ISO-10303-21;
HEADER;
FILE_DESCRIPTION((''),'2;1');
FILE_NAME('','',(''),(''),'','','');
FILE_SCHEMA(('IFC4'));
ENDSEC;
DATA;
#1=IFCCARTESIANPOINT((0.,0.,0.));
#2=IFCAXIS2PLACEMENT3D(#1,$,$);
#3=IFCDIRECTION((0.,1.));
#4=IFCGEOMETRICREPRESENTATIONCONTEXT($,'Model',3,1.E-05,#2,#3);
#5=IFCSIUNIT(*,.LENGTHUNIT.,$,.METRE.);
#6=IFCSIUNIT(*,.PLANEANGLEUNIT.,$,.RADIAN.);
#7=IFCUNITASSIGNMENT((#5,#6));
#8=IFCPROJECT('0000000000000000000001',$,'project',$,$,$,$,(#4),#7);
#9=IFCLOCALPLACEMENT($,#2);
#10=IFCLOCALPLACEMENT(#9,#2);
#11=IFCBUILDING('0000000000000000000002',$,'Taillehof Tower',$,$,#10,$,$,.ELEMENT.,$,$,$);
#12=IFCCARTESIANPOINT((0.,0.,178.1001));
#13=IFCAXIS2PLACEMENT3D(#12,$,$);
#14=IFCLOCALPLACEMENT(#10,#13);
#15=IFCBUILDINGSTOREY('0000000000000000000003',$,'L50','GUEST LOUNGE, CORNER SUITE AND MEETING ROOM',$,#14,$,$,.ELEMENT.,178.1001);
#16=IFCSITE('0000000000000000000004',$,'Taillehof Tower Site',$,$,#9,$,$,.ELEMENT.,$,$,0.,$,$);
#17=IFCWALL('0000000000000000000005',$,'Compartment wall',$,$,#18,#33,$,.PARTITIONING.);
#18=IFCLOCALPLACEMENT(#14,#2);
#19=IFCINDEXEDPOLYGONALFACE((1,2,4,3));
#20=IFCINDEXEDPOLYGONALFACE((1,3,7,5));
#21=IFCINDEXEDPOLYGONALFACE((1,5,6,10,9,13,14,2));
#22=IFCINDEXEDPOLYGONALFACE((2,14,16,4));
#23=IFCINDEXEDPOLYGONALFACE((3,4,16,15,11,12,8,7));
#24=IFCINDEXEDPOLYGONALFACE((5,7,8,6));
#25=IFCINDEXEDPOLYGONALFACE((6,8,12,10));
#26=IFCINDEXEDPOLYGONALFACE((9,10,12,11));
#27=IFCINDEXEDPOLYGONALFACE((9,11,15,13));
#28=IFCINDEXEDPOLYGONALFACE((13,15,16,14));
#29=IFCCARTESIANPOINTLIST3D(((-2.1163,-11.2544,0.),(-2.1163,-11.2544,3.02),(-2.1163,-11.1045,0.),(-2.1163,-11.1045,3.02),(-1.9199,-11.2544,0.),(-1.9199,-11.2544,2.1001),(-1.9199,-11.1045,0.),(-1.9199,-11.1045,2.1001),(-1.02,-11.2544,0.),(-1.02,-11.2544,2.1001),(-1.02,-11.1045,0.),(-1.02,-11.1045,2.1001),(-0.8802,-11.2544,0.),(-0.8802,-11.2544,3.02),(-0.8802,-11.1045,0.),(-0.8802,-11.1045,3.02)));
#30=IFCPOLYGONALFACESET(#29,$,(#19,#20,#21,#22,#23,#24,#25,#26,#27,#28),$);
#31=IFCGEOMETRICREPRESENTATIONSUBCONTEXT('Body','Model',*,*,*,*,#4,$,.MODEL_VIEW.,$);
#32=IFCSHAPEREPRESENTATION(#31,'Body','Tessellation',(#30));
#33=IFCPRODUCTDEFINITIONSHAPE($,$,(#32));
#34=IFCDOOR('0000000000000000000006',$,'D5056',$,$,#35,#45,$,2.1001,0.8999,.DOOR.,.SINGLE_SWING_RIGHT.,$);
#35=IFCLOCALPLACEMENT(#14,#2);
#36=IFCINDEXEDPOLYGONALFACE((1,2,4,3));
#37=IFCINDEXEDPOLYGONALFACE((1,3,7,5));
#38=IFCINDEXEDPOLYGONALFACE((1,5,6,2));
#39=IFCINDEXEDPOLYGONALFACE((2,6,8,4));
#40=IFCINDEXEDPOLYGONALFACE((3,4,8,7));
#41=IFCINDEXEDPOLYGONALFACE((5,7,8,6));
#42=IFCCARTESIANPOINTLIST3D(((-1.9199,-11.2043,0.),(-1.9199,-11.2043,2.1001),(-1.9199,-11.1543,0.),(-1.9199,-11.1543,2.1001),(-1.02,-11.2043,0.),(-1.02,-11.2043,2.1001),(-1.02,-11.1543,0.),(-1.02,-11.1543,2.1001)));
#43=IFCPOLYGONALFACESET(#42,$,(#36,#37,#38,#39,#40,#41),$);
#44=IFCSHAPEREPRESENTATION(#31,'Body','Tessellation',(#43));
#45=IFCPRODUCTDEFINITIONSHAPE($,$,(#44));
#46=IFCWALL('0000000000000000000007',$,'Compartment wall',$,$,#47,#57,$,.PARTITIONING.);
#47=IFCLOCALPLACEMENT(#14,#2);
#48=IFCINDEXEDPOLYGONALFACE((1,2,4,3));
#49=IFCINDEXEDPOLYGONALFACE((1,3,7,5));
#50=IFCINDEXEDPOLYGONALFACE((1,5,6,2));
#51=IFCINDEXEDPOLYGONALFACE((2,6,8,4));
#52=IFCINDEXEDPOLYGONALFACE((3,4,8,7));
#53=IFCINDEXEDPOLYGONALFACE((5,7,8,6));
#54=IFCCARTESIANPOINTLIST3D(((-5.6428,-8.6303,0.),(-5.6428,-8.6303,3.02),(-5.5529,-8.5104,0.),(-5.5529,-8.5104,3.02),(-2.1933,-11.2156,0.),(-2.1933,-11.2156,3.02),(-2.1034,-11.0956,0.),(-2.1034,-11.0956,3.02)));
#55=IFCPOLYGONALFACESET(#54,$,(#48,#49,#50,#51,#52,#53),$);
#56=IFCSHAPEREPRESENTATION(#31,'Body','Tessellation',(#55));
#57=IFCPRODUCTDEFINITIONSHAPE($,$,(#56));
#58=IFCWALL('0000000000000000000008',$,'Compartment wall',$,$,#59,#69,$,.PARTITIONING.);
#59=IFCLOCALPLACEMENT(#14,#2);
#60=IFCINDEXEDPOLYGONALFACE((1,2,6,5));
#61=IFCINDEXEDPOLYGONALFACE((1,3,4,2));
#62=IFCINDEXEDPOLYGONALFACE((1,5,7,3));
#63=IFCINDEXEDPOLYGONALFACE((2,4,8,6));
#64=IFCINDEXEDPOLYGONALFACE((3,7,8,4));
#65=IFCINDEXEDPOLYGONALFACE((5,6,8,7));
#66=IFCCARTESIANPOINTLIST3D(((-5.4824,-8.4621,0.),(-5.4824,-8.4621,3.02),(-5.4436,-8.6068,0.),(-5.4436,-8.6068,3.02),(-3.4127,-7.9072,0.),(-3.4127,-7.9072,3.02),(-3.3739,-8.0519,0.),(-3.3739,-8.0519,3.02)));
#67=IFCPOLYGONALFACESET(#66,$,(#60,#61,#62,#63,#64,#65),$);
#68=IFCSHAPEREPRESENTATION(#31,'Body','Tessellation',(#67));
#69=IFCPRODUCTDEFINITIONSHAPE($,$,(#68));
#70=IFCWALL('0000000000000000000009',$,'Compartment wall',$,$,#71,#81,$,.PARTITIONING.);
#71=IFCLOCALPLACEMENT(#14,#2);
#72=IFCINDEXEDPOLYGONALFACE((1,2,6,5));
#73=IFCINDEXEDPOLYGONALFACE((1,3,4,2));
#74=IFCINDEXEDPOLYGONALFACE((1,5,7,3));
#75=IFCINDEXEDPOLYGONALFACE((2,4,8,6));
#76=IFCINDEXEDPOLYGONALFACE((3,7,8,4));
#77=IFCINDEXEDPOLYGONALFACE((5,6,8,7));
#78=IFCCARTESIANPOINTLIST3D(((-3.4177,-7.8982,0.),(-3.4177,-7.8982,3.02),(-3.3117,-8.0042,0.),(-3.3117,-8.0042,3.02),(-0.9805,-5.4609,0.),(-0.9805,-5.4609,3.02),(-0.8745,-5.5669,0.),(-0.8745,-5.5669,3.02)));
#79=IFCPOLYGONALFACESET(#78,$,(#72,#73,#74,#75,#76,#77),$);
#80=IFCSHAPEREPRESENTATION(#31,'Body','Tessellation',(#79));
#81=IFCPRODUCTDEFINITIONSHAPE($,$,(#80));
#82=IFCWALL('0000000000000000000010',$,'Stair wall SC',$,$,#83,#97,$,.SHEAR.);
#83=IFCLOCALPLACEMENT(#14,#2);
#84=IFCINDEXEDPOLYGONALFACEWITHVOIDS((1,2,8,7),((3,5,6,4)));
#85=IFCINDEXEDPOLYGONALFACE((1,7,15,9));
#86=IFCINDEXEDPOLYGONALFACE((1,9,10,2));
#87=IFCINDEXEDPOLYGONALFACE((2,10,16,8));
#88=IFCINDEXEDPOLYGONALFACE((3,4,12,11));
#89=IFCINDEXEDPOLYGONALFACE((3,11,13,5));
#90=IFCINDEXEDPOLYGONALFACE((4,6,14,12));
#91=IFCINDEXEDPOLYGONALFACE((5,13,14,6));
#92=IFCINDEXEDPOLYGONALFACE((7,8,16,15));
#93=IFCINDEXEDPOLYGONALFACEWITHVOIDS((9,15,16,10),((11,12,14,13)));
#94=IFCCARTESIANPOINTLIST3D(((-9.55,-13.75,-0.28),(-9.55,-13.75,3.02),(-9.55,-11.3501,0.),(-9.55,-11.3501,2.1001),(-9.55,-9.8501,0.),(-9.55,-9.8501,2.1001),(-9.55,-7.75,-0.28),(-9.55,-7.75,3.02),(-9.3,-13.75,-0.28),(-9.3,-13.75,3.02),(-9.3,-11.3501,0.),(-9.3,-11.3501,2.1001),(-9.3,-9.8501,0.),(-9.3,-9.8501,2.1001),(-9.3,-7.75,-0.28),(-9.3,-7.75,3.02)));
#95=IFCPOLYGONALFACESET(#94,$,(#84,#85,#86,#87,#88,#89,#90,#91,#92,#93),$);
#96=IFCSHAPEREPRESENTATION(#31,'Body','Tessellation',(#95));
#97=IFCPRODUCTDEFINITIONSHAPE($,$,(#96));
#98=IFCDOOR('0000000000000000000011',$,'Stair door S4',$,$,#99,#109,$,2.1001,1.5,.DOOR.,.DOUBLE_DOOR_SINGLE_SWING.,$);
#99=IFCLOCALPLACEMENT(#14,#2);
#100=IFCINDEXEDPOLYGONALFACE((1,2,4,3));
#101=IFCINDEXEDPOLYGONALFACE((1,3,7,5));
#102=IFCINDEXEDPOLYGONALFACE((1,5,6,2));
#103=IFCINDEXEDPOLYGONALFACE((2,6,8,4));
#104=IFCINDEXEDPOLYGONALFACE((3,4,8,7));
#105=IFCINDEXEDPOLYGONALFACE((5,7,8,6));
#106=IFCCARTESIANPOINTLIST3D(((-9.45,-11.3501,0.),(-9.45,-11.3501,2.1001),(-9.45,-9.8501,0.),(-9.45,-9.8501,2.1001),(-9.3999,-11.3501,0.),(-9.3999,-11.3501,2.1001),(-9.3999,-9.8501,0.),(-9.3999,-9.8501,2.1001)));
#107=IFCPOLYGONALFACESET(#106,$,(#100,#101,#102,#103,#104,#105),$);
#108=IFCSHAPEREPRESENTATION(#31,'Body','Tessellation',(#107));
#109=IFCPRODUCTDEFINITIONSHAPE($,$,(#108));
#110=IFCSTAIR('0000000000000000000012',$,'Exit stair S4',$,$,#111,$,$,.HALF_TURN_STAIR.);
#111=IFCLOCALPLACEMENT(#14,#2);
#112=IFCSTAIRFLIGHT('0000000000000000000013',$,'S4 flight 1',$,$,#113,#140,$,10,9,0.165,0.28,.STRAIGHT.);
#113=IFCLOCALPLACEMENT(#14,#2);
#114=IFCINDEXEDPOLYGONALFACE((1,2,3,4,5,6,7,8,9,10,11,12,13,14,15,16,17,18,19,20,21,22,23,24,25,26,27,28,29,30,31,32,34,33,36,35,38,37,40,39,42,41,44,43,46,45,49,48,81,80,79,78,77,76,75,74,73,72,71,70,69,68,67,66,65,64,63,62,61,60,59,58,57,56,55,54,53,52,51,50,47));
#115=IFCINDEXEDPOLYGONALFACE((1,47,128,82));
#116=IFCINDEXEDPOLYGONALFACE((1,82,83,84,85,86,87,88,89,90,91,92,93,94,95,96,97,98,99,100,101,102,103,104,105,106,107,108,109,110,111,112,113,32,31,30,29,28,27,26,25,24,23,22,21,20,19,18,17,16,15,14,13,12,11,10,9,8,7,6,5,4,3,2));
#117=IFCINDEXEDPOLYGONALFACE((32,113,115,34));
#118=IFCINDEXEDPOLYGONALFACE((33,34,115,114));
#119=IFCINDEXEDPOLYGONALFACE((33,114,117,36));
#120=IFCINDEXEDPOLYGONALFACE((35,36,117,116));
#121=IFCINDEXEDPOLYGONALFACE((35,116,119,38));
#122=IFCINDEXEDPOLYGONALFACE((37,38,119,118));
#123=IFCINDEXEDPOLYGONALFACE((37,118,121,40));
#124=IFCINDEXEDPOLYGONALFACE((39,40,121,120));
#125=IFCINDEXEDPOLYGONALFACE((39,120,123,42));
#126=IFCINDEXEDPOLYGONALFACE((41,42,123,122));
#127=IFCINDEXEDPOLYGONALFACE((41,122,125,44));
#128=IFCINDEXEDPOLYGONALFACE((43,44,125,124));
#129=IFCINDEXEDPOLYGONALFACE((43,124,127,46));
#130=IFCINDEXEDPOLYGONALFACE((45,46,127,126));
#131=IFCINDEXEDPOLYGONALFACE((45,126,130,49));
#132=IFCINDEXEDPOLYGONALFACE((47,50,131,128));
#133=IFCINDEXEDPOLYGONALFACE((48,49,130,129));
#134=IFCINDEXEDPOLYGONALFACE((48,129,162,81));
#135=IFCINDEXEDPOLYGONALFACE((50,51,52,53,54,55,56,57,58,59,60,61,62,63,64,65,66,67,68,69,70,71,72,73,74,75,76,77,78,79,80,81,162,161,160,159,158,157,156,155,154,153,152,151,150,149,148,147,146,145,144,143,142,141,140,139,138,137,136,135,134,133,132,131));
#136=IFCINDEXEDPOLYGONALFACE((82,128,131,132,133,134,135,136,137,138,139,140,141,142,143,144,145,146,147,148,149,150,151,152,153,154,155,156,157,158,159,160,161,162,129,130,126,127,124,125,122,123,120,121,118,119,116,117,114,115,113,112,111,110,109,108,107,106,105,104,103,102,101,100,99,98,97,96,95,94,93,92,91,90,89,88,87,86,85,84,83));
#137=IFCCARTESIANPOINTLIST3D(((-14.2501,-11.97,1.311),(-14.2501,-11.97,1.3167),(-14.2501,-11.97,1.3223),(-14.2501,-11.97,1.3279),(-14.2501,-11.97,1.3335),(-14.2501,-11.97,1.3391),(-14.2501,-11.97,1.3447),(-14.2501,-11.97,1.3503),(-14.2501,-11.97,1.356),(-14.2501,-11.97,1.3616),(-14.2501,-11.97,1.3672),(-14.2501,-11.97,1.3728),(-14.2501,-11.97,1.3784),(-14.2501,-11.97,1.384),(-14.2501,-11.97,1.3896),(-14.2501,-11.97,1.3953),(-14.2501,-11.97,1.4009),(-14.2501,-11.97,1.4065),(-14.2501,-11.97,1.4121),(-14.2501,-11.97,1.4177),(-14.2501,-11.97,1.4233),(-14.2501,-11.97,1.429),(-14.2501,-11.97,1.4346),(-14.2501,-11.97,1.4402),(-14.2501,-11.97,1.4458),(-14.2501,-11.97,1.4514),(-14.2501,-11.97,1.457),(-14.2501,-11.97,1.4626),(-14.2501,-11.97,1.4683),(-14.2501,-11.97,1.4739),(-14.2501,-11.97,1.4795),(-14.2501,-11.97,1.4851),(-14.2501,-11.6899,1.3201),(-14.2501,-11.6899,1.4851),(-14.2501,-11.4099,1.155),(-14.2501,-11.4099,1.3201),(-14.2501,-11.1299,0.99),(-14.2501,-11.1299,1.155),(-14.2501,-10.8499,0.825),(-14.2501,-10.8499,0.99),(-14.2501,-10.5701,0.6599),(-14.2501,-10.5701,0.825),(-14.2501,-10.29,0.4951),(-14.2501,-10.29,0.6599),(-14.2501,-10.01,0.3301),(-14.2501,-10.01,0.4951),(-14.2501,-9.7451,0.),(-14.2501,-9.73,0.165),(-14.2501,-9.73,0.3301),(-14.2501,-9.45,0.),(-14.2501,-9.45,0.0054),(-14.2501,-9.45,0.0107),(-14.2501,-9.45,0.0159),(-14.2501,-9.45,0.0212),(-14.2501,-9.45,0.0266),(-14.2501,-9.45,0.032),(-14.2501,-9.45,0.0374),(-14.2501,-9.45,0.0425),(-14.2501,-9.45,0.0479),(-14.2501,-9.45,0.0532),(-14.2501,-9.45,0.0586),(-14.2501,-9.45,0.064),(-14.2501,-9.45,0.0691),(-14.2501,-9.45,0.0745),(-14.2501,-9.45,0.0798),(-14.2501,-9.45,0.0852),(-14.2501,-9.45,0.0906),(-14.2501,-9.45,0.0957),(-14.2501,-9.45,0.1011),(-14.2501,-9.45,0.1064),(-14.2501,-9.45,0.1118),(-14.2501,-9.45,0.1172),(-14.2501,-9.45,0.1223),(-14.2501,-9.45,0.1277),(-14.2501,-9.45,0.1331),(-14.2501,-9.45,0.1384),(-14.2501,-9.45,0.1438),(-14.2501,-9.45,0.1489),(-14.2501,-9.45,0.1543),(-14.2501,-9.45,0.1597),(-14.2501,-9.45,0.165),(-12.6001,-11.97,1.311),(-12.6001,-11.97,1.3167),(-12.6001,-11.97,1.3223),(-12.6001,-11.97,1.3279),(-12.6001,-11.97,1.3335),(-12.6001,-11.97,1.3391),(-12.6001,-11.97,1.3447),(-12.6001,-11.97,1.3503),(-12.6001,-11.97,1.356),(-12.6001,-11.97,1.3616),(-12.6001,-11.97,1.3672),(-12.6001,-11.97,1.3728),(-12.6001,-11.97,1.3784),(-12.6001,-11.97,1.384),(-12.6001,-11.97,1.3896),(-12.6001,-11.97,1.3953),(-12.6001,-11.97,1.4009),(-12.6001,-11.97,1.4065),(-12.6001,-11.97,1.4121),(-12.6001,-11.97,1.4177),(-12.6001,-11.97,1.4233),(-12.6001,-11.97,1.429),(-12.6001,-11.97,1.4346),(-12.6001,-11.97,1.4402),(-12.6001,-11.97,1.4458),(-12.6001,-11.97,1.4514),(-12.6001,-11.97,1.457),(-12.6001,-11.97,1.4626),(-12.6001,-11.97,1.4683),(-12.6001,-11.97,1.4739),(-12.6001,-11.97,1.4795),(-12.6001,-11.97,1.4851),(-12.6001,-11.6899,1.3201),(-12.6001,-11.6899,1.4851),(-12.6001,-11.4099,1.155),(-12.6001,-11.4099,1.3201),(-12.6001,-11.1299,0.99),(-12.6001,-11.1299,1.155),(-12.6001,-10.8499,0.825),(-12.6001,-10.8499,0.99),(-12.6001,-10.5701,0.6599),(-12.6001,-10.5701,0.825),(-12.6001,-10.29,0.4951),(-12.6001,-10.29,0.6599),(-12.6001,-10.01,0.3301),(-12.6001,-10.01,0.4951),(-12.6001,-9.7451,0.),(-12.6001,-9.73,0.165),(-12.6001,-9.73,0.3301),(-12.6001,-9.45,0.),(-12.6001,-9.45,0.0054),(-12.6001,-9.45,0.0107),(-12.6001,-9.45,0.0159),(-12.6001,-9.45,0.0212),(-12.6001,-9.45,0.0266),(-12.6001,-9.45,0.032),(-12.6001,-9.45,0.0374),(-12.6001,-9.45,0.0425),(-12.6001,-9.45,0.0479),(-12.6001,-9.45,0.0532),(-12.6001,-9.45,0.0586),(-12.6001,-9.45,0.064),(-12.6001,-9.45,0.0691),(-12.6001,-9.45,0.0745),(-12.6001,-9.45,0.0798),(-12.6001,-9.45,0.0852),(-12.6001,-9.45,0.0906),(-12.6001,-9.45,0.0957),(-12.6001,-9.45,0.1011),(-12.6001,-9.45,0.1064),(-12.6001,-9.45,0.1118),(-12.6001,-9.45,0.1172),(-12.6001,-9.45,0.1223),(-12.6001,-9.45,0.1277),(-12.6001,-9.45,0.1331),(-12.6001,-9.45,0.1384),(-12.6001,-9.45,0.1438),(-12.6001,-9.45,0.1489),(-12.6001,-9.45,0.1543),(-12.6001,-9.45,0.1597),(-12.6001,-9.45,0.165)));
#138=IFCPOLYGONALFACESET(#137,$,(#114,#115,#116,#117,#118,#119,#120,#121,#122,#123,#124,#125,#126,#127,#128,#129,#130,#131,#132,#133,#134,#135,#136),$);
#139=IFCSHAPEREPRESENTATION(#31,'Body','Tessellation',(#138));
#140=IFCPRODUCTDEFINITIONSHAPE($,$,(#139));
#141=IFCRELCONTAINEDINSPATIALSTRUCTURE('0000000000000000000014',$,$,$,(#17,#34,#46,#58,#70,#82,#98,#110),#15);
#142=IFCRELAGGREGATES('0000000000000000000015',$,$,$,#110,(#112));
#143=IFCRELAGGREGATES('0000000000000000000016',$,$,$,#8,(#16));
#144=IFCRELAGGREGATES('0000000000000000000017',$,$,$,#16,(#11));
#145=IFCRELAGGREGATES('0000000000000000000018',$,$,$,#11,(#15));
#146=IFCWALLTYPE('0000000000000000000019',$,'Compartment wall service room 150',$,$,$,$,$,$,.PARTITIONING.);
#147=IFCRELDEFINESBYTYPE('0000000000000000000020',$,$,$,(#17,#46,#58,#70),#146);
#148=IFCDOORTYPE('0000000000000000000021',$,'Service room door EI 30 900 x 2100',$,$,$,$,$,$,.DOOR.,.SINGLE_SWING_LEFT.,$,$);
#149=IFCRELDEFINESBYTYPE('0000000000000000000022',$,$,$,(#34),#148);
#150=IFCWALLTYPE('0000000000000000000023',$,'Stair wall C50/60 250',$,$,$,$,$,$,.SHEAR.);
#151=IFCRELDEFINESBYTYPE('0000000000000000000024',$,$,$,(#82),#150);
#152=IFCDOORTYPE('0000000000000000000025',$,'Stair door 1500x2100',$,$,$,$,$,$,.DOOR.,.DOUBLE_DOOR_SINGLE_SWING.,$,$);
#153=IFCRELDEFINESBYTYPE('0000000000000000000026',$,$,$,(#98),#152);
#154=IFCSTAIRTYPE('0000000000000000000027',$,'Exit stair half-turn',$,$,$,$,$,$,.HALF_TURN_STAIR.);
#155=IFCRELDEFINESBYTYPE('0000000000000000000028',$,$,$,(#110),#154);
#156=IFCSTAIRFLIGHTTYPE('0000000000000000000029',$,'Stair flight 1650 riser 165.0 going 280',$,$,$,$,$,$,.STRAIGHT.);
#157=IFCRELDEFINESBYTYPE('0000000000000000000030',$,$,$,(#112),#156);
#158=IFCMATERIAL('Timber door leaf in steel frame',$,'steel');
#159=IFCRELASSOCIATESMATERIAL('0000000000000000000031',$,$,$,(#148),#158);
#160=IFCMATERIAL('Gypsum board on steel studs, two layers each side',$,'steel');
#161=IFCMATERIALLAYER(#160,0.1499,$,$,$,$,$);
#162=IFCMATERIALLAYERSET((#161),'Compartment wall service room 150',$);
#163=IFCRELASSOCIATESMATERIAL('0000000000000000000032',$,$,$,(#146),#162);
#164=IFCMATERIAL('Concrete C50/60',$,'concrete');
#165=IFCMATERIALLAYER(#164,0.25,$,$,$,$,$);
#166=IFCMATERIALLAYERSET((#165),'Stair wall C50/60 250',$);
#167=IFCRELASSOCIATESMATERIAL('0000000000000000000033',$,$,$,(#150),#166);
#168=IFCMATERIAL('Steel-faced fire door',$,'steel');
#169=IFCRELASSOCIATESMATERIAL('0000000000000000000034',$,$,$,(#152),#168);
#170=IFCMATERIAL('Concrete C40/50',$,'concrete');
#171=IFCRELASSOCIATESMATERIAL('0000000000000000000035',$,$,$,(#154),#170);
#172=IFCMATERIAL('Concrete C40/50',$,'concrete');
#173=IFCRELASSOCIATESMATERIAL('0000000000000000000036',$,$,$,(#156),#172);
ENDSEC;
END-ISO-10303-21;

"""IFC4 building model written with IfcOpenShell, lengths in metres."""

from ifc_helpers import new_model, si_unit, direction, frame, frame_2d, origin, place, context, subcontext, project, spatial, polyline, rectangle, outline, extrude, material, layer, layer_set, type_object, element, fill, aggregate, save


model = new_model("IFC4")

# Units and contexts
model_context = context("Model", 3, precision=1e-05, world=origin(), true_north=direction((0.0, 1.0)))
body_context = subcontext(model_context, "Body", "Model", "MODEL_VIEW")
ifc_project = project(units=[si_unit("LENGTHUNIT", "METRE"), si_unit("PLANEANGLEUNIT", "RADIAN")], contexts=[model_context])

# Site, building, storey
site_placement = place(None, origin())
site = spatial("IfcSite", under=ifc_project, at=site_placement, Name="Taillehof Tower Site", CompositionType="ELEMENT", RefElevation=0.0)
building_placement = place(site_placement, origin())
building = spatial("IfcBuilding", under=site, at=building_placement, Name="Taillehof Tower", CompositionType="ELEMENT")
storey_placement = place(building_placement, frame((0.0, 0.0, 178.1001)))
storey = spatial("IfcBuildingStorey", under=building, at=storey_placement, Name="L50", Description="GUEST LOUNGE, CORNER SUITE AND MEETING ROOM", CompositionType="ELEMENT", Elevation=178.1001)

# Shared definitions
ifc_material_1 = material(Name="Timber door leaf in steel frame", Category="steel")
door_type_1 = type_object("IfcDoorType", Name="Service room door EI 30 900 x 2100", OperationType="SINGLE_SWING_LEFT", PredefinedType="DOOR", material=ifc_material_1)

# Wall, opening, door
ifc_material_2 = material(Name="Gypsum board on steel studs, two layers each side", Category="steel")
ifc_layer_1 = layer(ifc_material_2, 0.1499)
ifc_layer_set_1 = layer_set([ifc_layer_1], Name="Compartment wall service room 150")
wall_type_1 = type_object("IfcWallType", Name="Compartment wall service room 150", PredefinedType="PARTITIONING", material=ifc_layer_set_1)
wall_1_placement = place(storey_placement, frame((-0.8801, -11.1794, 0.0), z_axis=(0.0, 0.0, 1.0), x_axis=(-1.0, 0.0, 0.0)))
wall_1 = element("IfcWall", 1, at=wall_1_placement, inside=storey, type_object=wall_type_1, Name="Compartment wall", PredefinedType="PARTITIONING", context=body_context, shape_type="SweptSolid", body=[
    extrude(rectangle(XDim=1.2361, YDim=0.1499, at=frame_2d((0.6182, 0.0))), origin(), (0.0, 0.0, 1.0), 3.02),
])
opening_1_placement = place(wall_1_placement, frame((0.1399, 0.0, 0.0)))
opening_1 = element("IfcOpeningElement", 2, at=opening_1_placement, cuts=wall_1, PredefinedType="OPENING", context=body_context, shape_type="SweptSolid", body=[
    extrude(rectangle(XDim=0.8999, YDim=2.1001, at=frame_2d((0.45, 1.05))), frame((0.0, 0.085, 0.0), z_axis=(0.0, -1.0, 0.0), x_axis=(1.0, 0.0, 0.0)), (0.0, 0.0, 1.0), 0.1699),
])
door_1_placement = place(opening_1_placement, origin())
door_1 = element("IfcDoor", 3, at=door_1_placement, inside=storey, type_object=door_type_1, Name="D5056", OperationType="SINGLE_SWING_RIGHT", OverallHeight=2.1001, OverallWidth=0.8999, PredefinedType="DOOR", context=body_context, shape_type="SweptSolid", body=[
    extrude(rectangle(XDim=0.8999, YDim=2.1001, at=frame_2d((0.45, 1.05))), frame((0.0, 0.0249, 0.0), z_axis=(0.0, -1.0, 0.0), x_axis=(1.0, 0.0, 0.0)), (0.0, 0.0, 1.0), 0.05),
])
fill(opening_1, door_1)

# Walls
wall_2_placement = place(storey_placement, frame((-2.1484, -11.1555, 0.0), z_axis=(0.0, 0.0, 1.0), x_axis=(-0.800211, 0.599719, 0.0)))
element("IfcWall", 4, at=wall_2_placement, inside=storey, type_object=wall_type_1, Name="Compartment wall", PredefinedType="PARTITIONING", context=body_context, shape_type="SweptSolid", body=[
    extrude(rectangle(XDim=4.3108, YDim=0.1499, at=frame_2d((2.1553, 0.0))), origin(), (0.0, 0.0, 1.0), 3.02),
])
wall_3_placement = place(storey_placement, frame((-5.4629, -8.5344, 0.0), z_axis=(0.0, 0.0, 1.0), x_axis=(0.965888, 0.25896, 0.0)))
element("IfcWall", 5, at=wall_3_placement, inside=storey, type_object=wall_type_1, Name="Compartment wall", PredefinedType="PARTITIONING", context=body_context, shape_type="SweptSolid", body=[
    extrude(rectangle(XDim=2.1428, YDim=0.1499, at=frame_2d((1.0713, 0.0))), origin(), (0.0, 0.0, 1.0), 3.02),
])
wall_4_placement = place(storey_placement, frame((-3.3647, -7.9512, 0.0), z_axis=(0.0, 0.0, 1.0), x_axis=(0.707107, 0.707107, 0.0)))
element("IfcWall", 6, at=wall_4_placement, inside=storey, type_object=wall_type_1, Name="Compartment wall", PredefinedType="PARTITIONING", context=body_context, shape_type="SweptSolid", body=[
    extrude(rectangle(XDim=3.4468, YDim=0.1499, at=frame_2d((1.7234, 0.0))), origin(), (0.0, 0.0, 1.0), 3.02),
])

# Wall, opening, door
ifc_material_3 = material(Name="Concrete C50/60", Category="concrete")
ifc_layer_2 = layer(ifc_material_3, 0.25)
ifc_layer_set_2 = layer_set([ifc_layer_2], Name="Stair wall C50/60 250")
wall_type_2 = type_object("IfcWallType", Name="Stair wall C50/60 250", PredefinedType="SHEAR", material=ifc_layer_set_2)
wall_5_placement = place(storey_placement, frame((-9.425, -13.75, -0.28), z_axis=(0.0, 0.0, 1.0), x_axis=(0.0, 1.0, 0.0)))
wall_5 = element("IfcWall", 7, at=wall_5_placement, inside=storey, type_object=wall_type_2, Name="Stair wall SC", PredefinedType="SHEAR", context=body_context, shape_type="SweptSolid", body=[
    extrude(rectangle(XDim=6.0, YDim=0.25, at=frame_2d((3.0, 0.0))), origin(), (0.0, 0.0, 1.0), 3.3),
])
opening_2_placement = place(wall_5_placement, frame((2.3999, 0.0, 0.28)))
opening_2 = element("IfcOpeningElement", 8, at=opening_2_placement, cuts=wall_5, PredefinedType="OPENING", context=body_context, shape_type="SweptSolid", body=[
    extrude(rectangle(XDim=1.5, YDim=2.1001, at=frame_2d((0.75, 1.05))), frame((0.0, 0.135, 0.0), z_axis=(0.0, -1.0, 0.0), x_axis=(1.0, 0.0, 0.0)), (0.0, 0.0, 1.0), 0.27),
])
ifc_material_4 = material(Name="Steel-faced fire door", Category="steel")
door_type_2 = type_object("IfcDoorType", Name="Stair door 1500x2100", OperationType="DOUBLE_DOOR_SINGLE_SWING", PredefinedType="DOOR", material=ifc_material_4)
door_2_placement = place(opening_2_placement, origin())
door_2 = element("IfcDoor", 9, at=door_2_placement, inside=storey, type_object=door_type_2, Name="Stair door S4", OperationType="DOUBLE_DOOR_SINGLE_SWING", OverallHeight=2.1001, OverallWidth=1.5, PredefinedType="DOOR", context=body_context, shape_type="SweptSolid", body=[
    extrude(rectangle(XDim=1.5, YDim=2.1001, at=frame_2d((0.75, 1.05))), frame((0.0, 0.0249, 0.0), z_axis=(0.0, -1.0, 0.0), x_axis=(1.0, 0.0, 0.0)), (0.0, 0.0, 1.0), 0.05),
])
fill(opening_2, door_2)

# Stair, stair flight
ifc_material_5 = material(Name="Concrete C40/50", Category="concrete")
stair_type = type_object("IfcStairType", Name="Exit stair half-turn", PredefinedType="HALF_TURN_STAIR", material=ifc_material_5)
stair_placement = place(storey_placement, origin())
stair = element("IfcStair", 10, at=stair_placement, inside=storey, type_object=stair_type, Name="Exit stair S4", PredefinedType="HALF_TURN_STAIR")
ifc_material_6 = material(Name="Concrete C40/50", Category="concrete")
stair_flight_type = type_object("IfcStairFlightType", Name="Stair flight 1650 riser 165.0 going 280", PredefinedType="STRAIGHT", material=ifc_material_6)
stair_flight_1_placement = place(storey_placement, frame((-13.425, -9.45, 0.0), z_axis=(0.0, 0.0, 1.0), x_axis=(0.0, -1.0, 0.0)))
stair_flight_1 = element("IfcStairFlight", 11, at=stair_flight_1_placement, type_object=stair_flight_type, Name="S4 flight 1", NumberOfRisers=10, NumberOfTreads=9, PredefinedType="STRAIGHT", RiserHeight=0.165, TreadLength=0.28, context=body_context, shape_type="SweptSolid", body=[
    extrude(outline(polyline([(0.0, 0.0), (0.0, 0.0054), (0.0, 0.0107), (0.0, 0.0159), (0.0, 0.0212), (0.0, 0.0266), (0.0, 0.032), (0.0, 0.0374), (0.0, 0.0425), (0.0, 0.0479), (0.0, 0.0532), (0.0, 0.0586), (0.0, 0.064), (0.0, 0.0691), (0.0, 0.0745), (0.0, 0.0798), (0.0, 0.0852), (0.0, 0.0906), (0.0, 0.0957), (0.0, 0.1011), (0.0, 0.1064), (0.0, 0.1118), (0.0, 0.1172), (0.0, 0.1223), (0.0, 0.1277), (0.0, 0.1331), (0.0, 0.1384), (0.0, 0.1438), (0.0, 0.1489), (0.0, 0.1543), (0.0, 0.1597), (0.0, 0.165), (0.28, 0.165), (0.28, 0.3301), (0.5601, 0.3301), (0.5601, 0.4951), (0.8401, 0.4951), (0.8401, 0.6599), (1.1201, 0.6599), (1.1201, 0.825), (1.3999, 0.825), (1.3999, 0.99), (1.6799, 0.99), (1.6799, 1.155), (1.96, 1.155), (1.96, 1.3201), (2.24, 1.3201), (2.24, 1.4851), (2.52, 1.4851), (2.52, 1.4795), (2.52, 1.4739), (2.52, 1.4683), (2.52, 1.4626), (2.52, 1.457), (2.52, 1.4514), (2.52, 1.4458), (2.52, 1.4402), (2.52, 1.4346), (2.52, 1.429), (2.52, 1.4233), (2.52, 1.4177), (2.52, 1.4121), (2.52, 1.4065), (2.52, 1.4009), (2.52, 1.3953), (2.52, 1.3896), (2.52, 1.384), (2.52, 1.3784), (2.52, 1.3728), (2.52, 1.3672), (2.52, 1.3616), (2.52, 1.356), (2.52, 1.3503), (2.52, 1.3447), (2.52, 1.3391), (2.52, 1.3335), (2.52, 1.3279), (2.52, 1.3223), (2.52, 1.3167), (2.52, 1.311), (0.2952, 0.0), (0.0, 0.0)])), frame((0.0, 0.825, 0.0), z_axis=(0.0, -1.0, 0.0), x_axis=(1.0, 0.0, 0.0)), (0.0, 0.0, 1.0), 1.65),
])
aggregate(stair, [stair_flight_1])

save(model, "model.ifc")
